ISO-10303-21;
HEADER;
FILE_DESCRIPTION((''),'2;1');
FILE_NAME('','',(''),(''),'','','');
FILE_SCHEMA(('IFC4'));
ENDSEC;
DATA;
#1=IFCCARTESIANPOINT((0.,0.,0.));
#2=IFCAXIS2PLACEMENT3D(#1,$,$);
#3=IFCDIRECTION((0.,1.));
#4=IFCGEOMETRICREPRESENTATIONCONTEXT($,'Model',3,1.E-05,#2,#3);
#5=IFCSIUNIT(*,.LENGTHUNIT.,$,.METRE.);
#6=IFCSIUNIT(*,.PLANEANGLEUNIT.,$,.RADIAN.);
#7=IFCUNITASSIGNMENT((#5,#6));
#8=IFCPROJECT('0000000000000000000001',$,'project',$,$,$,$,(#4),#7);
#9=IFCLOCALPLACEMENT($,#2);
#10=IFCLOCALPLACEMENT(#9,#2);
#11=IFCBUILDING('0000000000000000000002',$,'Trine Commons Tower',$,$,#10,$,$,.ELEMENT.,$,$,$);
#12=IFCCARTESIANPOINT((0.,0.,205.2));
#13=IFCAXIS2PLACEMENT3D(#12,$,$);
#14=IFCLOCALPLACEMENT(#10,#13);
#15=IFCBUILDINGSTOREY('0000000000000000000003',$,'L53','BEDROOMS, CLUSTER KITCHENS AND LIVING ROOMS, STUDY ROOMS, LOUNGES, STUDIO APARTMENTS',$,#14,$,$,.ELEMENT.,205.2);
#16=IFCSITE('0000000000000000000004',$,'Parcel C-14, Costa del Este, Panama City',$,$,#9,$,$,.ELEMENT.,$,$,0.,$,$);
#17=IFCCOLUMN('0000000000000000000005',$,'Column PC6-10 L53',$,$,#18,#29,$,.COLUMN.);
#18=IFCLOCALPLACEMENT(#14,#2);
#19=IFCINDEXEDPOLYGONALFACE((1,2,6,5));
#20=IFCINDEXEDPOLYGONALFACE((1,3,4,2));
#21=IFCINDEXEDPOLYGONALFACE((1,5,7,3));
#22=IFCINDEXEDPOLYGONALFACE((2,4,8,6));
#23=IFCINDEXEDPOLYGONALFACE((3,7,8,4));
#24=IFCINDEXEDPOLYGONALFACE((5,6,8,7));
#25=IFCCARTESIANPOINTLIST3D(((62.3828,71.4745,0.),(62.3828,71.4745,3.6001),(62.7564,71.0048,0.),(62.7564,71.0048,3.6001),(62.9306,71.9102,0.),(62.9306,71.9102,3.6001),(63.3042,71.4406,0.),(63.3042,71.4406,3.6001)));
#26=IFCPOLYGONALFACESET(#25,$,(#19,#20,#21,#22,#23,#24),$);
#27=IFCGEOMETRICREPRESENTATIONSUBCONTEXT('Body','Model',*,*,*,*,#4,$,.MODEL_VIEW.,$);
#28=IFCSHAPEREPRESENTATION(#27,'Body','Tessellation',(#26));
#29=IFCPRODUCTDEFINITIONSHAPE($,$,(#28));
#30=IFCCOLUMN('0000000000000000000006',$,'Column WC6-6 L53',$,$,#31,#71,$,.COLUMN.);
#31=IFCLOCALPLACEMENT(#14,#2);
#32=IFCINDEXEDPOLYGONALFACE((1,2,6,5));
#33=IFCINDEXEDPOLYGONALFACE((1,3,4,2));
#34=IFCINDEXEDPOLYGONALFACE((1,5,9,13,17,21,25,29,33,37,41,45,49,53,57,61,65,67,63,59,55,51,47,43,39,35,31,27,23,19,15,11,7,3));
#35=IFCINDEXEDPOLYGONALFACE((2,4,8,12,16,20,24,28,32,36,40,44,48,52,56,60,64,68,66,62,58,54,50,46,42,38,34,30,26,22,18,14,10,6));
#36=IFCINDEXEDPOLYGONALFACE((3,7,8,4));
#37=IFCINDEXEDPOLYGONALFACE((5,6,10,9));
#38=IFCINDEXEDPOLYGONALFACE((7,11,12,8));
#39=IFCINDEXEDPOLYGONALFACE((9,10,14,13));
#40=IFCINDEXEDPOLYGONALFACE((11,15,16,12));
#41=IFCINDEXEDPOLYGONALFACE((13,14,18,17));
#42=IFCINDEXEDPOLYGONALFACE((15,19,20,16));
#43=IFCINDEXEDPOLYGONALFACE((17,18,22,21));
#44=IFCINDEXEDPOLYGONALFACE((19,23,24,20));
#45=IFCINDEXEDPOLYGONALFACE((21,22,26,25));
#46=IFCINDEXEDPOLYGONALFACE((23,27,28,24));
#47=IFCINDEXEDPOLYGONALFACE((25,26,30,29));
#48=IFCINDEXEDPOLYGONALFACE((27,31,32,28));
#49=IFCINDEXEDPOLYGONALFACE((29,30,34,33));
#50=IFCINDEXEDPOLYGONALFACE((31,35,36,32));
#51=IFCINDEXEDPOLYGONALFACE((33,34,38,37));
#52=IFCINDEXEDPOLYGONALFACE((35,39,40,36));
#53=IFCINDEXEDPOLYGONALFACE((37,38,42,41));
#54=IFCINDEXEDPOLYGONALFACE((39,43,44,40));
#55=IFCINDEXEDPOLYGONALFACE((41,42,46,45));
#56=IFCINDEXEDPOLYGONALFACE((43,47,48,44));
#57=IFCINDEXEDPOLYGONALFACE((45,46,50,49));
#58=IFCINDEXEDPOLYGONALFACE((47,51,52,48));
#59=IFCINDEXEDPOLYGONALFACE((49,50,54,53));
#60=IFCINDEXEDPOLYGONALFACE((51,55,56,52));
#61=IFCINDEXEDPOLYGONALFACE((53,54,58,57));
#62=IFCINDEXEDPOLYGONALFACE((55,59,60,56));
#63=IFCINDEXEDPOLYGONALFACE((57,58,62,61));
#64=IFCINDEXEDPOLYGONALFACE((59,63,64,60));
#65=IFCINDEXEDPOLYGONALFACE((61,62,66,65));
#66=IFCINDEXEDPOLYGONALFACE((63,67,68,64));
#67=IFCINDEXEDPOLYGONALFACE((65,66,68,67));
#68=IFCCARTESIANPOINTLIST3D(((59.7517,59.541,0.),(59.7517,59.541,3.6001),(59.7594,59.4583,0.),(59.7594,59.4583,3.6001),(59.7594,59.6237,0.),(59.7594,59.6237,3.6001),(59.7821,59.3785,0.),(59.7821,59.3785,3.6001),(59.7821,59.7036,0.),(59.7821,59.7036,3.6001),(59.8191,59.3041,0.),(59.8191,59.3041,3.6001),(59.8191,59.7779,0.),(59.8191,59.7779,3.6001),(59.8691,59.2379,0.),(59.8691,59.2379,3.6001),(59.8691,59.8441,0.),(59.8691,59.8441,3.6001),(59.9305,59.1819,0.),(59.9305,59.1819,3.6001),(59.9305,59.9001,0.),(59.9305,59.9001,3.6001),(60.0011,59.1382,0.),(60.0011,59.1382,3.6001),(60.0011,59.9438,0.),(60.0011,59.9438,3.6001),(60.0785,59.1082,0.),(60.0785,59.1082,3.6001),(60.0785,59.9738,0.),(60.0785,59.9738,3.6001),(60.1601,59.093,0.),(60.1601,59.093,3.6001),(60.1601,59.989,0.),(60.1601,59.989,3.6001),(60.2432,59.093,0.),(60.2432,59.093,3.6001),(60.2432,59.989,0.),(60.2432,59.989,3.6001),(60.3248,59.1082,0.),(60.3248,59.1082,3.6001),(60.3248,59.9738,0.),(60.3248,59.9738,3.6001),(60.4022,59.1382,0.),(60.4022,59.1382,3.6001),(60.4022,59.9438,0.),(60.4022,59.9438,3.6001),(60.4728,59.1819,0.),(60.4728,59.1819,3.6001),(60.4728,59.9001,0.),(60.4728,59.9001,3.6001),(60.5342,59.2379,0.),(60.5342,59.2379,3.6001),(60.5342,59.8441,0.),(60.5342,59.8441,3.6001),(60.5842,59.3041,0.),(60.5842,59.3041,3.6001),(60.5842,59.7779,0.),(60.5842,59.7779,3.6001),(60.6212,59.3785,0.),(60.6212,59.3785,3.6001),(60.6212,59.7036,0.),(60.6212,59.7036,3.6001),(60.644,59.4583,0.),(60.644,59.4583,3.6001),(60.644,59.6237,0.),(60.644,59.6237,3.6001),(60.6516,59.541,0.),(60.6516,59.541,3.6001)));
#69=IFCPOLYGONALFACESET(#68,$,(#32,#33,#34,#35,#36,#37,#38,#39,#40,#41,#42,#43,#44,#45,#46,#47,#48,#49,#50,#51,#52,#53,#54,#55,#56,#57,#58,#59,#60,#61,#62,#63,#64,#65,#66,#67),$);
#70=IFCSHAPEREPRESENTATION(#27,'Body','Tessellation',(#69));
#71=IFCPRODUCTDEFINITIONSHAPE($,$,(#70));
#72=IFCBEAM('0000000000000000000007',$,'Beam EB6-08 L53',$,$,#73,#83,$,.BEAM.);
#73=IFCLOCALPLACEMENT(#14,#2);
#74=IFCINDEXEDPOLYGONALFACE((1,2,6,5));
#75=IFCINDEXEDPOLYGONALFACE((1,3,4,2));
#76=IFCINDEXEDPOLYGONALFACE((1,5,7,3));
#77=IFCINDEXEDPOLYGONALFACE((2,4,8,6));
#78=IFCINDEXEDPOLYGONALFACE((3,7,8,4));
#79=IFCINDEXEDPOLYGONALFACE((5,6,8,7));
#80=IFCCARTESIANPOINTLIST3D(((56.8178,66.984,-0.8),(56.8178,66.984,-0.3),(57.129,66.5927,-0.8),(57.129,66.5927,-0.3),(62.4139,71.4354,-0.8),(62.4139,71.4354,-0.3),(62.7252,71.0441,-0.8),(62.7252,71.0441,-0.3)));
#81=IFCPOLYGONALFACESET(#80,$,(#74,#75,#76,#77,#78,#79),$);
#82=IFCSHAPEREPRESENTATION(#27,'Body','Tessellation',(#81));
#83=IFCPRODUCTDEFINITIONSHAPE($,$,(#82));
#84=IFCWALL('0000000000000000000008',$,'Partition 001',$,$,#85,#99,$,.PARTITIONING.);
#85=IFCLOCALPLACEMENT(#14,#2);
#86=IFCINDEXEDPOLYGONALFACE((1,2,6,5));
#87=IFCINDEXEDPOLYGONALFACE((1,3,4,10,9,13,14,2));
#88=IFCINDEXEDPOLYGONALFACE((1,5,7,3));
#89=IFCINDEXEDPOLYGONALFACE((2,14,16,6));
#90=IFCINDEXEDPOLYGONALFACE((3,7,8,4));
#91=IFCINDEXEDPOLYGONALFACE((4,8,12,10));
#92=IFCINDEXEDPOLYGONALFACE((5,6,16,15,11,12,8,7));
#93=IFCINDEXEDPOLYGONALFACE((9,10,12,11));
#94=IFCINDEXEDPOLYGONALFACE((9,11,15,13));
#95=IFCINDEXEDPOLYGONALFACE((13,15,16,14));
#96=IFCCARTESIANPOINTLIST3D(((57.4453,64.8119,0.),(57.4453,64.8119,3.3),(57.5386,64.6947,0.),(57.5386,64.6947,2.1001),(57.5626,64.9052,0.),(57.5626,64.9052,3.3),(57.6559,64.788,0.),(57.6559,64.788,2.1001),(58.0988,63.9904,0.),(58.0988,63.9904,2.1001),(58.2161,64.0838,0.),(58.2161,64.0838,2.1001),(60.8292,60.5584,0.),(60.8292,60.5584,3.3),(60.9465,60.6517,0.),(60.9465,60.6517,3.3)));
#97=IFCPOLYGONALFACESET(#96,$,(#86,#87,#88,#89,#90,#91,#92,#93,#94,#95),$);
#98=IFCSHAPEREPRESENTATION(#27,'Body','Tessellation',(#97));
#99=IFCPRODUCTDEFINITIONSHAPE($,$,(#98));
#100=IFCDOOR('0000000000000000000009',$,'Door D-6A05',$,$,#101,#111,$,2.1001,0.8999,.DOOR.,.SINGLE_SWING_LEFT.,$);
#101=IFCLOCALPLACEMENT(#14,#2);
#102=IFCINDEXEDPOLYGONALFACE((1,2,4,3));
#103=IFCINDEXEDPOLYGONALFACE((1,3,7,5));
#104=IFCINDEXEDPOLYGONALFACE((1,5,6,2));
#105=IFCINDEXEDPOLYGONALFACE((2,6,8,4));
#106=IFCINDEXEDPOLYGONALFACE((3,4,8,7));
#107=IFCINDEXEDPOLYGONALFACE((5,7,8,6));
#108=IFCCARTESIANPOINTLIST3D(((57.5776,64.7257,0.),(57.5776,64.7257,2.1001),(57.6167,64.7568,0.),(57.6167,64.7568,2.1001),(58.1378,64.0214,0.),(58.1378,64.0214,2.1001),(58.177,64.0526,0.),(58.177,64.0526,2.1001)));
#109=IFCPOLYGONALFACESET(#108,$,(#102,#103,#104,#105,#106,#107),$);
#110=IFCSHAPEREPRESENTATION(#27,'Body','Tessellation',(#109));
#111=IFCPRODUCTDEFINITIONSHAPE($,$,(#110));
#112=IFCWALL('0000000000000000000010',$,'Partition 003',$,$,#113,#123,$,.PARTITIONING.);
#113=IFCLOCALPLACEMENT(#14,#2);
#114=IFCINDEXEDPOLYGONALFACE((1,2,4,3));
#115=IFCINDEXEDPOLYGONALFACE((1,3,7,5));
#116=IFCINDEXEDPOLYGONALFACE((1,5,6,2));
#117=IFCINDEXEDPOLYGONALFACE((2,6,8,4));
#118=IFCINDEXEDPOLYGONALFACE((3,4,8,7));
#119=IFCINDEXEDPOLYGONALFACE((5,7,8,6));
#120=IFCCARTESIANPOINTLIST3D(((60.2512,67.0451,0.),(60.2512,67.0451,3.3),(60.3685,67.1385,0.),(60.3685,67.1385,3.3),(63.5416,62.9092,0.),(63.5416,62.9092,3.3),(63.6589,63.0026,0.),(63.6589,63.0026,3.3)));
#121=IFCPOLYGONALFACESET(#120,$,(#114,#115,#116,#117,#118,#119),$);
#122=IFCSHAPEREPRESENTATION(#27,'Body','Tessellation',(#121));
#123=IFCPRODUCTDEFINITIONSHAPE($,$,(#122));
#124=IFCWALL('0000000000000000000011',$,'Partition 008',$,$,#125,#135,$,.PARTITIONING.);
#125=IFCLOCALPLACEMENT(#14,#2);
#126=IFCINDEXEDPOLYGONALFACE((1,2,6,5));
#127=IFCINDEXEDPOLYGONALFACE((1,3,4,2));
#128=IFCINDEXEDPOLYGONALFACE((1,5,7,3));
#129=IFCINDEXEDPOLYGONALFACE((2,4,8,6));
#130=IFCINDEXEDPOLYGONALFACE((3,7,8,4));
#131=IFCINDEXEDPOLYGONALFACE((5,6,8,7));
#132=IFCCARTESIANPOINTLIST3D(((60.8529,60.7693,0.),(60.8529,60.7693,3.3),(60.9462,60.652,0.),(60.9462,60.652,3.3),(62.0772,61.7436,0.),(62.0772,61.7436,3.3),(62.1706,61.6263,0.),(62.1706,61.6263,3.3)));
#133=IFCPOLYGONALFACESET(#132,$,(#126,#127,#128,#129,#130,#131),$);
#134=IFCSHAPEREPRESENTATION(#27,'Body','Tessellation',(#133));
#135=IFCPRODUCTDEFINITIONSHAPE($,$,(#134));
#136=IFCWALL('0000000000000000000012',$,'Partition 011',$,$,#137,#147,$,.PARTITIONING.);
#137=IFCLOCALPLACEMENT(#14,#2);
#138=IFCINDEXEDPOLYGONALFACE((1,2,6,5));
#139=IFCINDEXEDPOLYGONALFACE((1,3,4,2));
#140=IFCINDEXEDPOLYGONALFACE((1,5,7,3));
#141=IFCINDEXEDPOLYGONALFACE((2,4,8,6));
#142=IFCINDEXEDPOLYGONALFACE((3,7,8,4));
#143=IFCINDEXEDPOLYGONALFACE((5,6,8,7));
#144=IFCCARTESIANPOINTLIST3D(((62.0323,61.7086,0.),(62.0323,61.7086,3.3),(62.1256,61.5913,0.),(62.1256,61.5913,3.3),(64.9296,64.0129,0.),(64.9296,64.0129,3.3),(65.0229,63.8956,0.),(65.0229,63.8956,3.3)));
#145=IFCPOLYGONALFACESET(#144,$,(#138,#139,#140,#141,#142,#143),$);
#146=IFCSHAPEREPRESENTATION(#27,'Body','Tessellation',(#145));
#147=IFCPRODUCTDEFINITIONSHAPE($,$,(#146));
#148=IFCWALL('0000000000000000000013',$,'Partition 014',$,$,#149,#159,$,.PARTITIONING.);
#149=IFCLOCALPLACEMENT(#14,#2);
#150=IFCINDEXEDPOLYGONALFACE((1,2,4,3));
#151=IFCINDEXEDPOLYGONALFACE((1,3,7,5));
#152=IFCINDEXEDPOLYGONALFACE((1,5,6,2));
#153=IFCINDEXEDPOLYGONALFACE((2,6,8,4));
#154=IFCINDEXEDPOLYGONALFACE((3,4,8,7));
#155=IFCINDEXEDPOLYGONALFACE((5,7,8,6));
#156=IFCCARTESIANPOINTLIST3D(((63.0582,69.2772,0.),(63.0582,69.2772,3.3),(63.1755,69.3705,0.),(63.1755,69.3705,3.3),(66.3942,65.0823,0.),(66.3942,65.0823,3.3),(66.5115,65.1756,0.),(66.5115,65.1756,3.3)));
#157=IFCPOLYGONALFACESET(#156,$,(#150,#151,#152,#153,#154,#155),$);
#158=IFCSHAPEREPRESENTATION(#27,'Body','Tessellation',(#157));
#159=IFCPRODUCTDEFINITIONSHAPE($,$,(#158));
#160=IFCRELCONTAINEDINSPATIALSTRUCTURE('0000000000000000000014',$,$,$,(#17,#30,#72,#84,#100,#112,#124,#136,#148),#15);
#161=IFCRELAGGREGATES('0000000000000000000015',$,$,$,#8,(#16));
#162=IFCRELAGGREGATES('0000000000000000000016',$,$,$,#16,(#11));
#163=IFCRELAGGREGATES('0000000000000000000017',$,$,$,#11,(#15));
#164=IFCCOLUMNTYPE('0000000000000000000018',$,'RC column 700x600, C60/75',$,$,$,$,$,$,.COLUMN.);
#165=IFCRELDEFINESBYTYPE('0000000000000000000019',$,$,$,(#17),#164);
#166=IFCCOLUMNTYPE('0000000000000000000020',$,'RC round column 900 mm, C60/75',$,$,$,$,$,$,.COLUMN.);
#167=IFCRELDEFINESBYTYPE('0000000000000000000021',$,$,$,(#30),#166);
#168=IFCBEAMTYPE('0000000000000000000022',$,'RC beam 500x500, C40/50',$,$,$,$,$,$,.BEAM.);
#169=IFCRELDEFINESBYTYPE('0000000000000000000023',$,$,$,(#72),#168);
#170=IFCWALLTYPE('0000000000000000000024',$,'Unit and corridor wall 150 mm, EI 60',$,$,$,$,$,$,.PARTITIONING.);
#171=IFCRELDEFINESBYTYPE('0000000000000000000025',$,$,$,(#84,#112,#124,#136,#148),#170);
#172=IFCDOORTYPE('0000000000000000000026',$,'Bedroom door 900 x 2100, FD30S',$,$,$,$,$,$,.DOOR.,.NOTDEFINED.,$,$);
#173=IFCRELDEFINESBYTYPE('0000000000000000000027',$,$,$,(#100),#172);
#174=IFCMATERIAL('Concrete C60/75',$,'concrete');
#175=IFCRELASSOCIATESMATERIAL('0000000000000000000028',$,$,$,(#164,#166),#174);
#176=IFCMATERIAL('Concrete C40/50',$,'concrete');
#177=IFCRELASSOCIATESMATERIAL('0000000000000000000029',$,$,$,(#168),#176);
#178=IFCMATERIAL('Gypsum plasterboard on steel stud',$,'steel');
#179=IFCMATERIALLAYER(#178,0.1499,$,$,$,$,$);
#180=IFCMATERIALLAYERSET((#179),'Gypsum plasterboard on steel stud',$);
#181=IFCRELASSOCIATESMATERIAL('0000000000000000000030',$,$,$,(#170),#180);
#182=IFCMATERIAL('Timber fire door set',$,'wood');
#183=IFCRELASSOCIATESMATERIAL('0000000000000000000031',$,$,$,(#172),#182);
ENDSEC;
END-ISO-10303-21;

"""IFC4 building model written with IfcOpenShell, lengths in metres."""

from ifc_helpers import new_model, si_unit, direction, frame, frame_2d, origin, origin_2d, place, context, subcontext, project, spatial, rectangle, circle, extrude, material, layer, layer_set, material_profile, profile_set, type_object, element, fill, save


model = new_model("IFC4")

# Units and contexts
model_context = context("Model", 3, precision=1e-05, world=origin(), true_north=direction((0.0, 1.0)))
body_context = subcontext(model_context, "Body", "Model", "MODEL_VIEW")
ifc_project = project(units=[si_unit("LENGTHUNIT", "METRE"), si_unit("PLANEANGLEUNIT", "RADIAN")], contexts=[model_context])

# Site, building, storey
site_placement = place(None, origin())
site = spatial("IfcSite", under=ifc_project, at=site_placement, Name="Parcel C-14, Costa del Este, Panama City", CompositionType="ELEMENT", RefElevation=0.0)
building_placement = place(site_placement, origin())
building = spatial("IfcBuilding", under=site, at=building_placement, Name="Trine Commons Tower", CompositionType="ELEMENT")
storey_placement = place(building_placement, frame((0.0, 0.0, 205.2)))
storey = spatial("IfcBuildingStorey", under=building, at=storey_placement, Name="L53", Description="BEDROOMS, CLUSTER KITCHENS AND LIVING ROOMS, STUDY ROOMS, LOUNGES, STUDIO APARTMENTS", CompositionType="ELEMENT", Elevation=205.2)

# Columns
ifc_material_1 = material(Name="Concrete C60/75", Category="concrete")
ifc_material_profile_1 = material_profile(ifc_material_1, rectangle(XDim=0.7, YDim=0.6001, at=origin_2d()), Name="RC 700x600")
ifc_profile_set_1 = profile_set([ifc_material_profile_1], Name="Concrete C60/75")
column_type_1 = type_object("IfcColumnType", Name="RC column 700x600, C60/75", PredefinedType="COLUMN", material=ifc_profile_set_1)
column_1_placement = place(storey_placement, frame((62.8435, 71.4575, 0.0), z_axis=(0.0, 0.0, 1.0), x_axis=(0.782608, 0.622515, 0.0)))
element("IfcColumn", 1, at=column_1_placement, inside=storey, type_object=column_type_1, Name="Column PC6-10 L53", PredefinedType="COLUMN", context=body_context, shape_type="SweptSolid", body=[
    extrude(rectangle(XDim=0.7, YDim=0.6001, at=origin_2d()), origin(), (0.0, 0.0, 1.0), 3.6001),
])
ifc_material_profile_2 = material_profile(ifc_material_1, circle(Radius=0.45, at=origin_2d()), Name="RC round 900")
ifc_profile_set_2 = profile_set([ifc_material_profile_2], Name="Concrete C60/75")
column_type_2 = type_object("IfcColumnType", Name="RC round column 900 mm, C60/75", PredefinedType="COLUMN", material=ifc_profile_set_2)
column_2_placement = place(storey_placement, frame((60.2017, 59.541, 0.0), z_axis=(0.0, 0.0, 1.0), x_axis=(1.0, 0.0, 0.0)))
element("IfcColumn", 2, at=column_2_placement, inside=storey, type_object=column_type_2, Name="Column WC6-6 L53", PredefinedType="COLUMN", context=body_context, shape_type="SweptSolid", body=[
    extrude(circle(Radius=0.45, at=origin_2d()), origin(), (0.0, 0.0, 1.0), 3.6001),
])

# Beam
ifc_material_2 = material(Name="Concrete C40/50", Category="concrete")
ifc_material_profile_3 = material_profile(ifc_material_2, rectangle(XDim=0.5, YDim=0.5, at=origin_2d()), Name="RC 500x500")
ifc_profile_set_3 = profile_set([ifc_material_profile_3], Name="Concrete C40/50")
beam_type = type_object("IfcBeamType", Name="RC beam 500x500, C40/50", PredefinedType="BEAM", material=ifc_profile_set_3)
beam_placement = place(storey_placement, frame((56.9734, 66.7883, -0.55), z_axis=(0.782608, 0.622515, 0.0), x_axis=(-0.622515, 0.782608, 0.0)))
element("IfcBeam", 3, at=beam_placement, inside=storey, type_object=beam_type, Name="Beam EB6-08 L53", PredefinedType="BEAM", context=body_context, shape_type="SweptSolid", body=[
    extrude(rectangle(XDim=0.5, YDim=0.5, at=origin_2d()), origin(), (0.0, 0.0, 1.0), 7.1506),
])

# Wall, opening, door
ifc_material_3 = material(Name="Gypsum plasterboard on steel stud", Category="steel")
ifc_layer_1 = layer(ifc_material_3, 0.1499)
ifc_layer_set_1 = layer_set([ifc_layer_1], Name="Gypsum plasterboard on steel stud")
wall_type_1 = type_object("IfcWallType", Name="Unit and corridor wall 150 mm, EI 60", PredefinedType="PARTITIONING", material=ifc_layer_set_1)
wall_1_placement = place(storey_placement, frame((57.5039, 64.8586, 0.0), z_axis=(0.0, 0.0, 1.0), x_axis=(0.622567, -0.782566, 0.0)))
wall_1 = element("IfcWall", 4, at=wall_1_placement, inside=storey, type_object=wall_type_1, Name="Partition 001", PredefinedType="PARTITIONING", context=body_context, shape_type="SweptSolid", body=[
    extrude(rectangle(XDim=5.4353, YDim=0.1499, at=frame_2d((2.7178, 0.0))), origin(), (0.0, 0.0, 1.0), 3.3),
])
opening_1_placement = place(wall_1_placement, frame((0.1499, 0.0, 0.0)))
opening_1 = element("IfcOpeningElement", 5, at=opening_1_placement, cuts=wall_1, PredefinedType="OPENING", context=body_context, shape_type="SweptSolid", body=[
    extrude(rectangle(XDim=0.8999, YDim=2.1001, at=frame_2d((0.45, 1.05))), frame((0.0, 0.085, 0.0), z_axis=(0.0, -1.0, 0.0), x_axis=(1.0, 0.0, 0.0)), (0.0, 0.0, 1.0), 0.1699),
])
ifc_material_4 = material(Name="Timber fire door set", Category="wood")
door_type_1 = type_object("IfcDoorType", Name="Bedroom door 900 x 2100, FD30S", OperationType="NOTDEFINED", PredefinedType="DOOR", material=ifc_material_4)
door_1_placement = place(opening_1_placement, origin())
door_1 = element("IfcDoor", 6, at=door_1_placement, inside=storey, type_object=door_type_1, Name="Door D-6A05", OperationType="SINGLE_SWING_LEFT", OverallHeight=2.1001, OverallWidth=0.8999, PredefinedType="DOOR", context=body_context, shape_type="SweptSolid", body=[
    extrude(rectangle(XDim=0.8999, YDim=2.1001, at=frame_2d((0.45, 1.05))), frame((0.0, 0.0249, 0.0), z_axis=(0.0, -1.0, 0.0), x_axis=(1.0, 0.0, 0.0)), (0.0, 0.0, 1.0), 0.05),
])
fill(opening_1, door_1)

# Walls
wall_2_placement = place(storey_placement, frame((60.3098, 67.0918, 0.0), z_axis=(0.0, 0.0, 1.0), x_axis=(0.622586, -0.782551, 0.0)))
element("IfcWall", 7, at=wall_2_placement, inside=storey, type_object=wall_type_1, Name="Partition 003", PredefinedType="PARTITIONING", context=body_context, shape_type="SweptSolid", body=[
    extrude(rectangle(XDim=5.2852, YDim=0.1499, at=frame_2d((2.6426, 0.0))), origin(), (0.0, 0.0, 1.0), 3.3),
])
wall_3_placement = place(storey_placement, frame((60.8997, 60.7107, 0.0), z_axis=(0.0, 0.0, 1.0), x_axis=(0.782465, 0.622695, 0.0)))
element("IfcWall", 8, at=wall_3_placement, inside=storey, type_object=wall_type_1, Name="Partition 008", PredefinedType="PARTITIONING", context=body_context, shape_type="SweptSolid", body=[
    extrude(rectangle(XDim=1.5647, YDim=0.1499, at=frame_2d((0.7822, 0.0))), origin(), (0.0, 0.0, 1.0), 3.3),
])
wall_4_placement = place(storey_placement, frame((62.0789, 61.6499, 0.0), z_axis=(0.0, 0.0, 1.0), x_axis=(0.782654, 0.622457, 0.0)))
element("IfcWall", 9, at=wall_4_placement, inside=storey, type_object=wall_type_1, Name="Partition 011", PredefinedType="PARTITIONING", context=body_context, shape_type="SweptSolid", body=[
    extrude(rectangle(XDim=3.7019, YDim=0.1499, at=frame_2d((1.8511, 0.0))), origin(), (0.0, 0.0, 1.0), 3.3),
])
wall_5_placement = place(storey_placement, frame((63.1169, 69.3237, 0.0), z_axis=(0.0, 0.0, 1.0), x_axis=(0.622426, -0.782679, 0.0)))
element("IfcWall", 10, at=wall_5_placement, inside=storey, type_object=wall_type_1, Name="Partition 014", PredefinedType="PARTITIONING", context=body_context, shape_type="SweptSolid", body=[
    extrude(rectangle(XDim=5.3596, YDim=0.1499, at=frame_2d((2.6797, 0.0))), origin(), (0.0, 0.0, 1.0), 3.3),
])

save(model, "model.ifc")
